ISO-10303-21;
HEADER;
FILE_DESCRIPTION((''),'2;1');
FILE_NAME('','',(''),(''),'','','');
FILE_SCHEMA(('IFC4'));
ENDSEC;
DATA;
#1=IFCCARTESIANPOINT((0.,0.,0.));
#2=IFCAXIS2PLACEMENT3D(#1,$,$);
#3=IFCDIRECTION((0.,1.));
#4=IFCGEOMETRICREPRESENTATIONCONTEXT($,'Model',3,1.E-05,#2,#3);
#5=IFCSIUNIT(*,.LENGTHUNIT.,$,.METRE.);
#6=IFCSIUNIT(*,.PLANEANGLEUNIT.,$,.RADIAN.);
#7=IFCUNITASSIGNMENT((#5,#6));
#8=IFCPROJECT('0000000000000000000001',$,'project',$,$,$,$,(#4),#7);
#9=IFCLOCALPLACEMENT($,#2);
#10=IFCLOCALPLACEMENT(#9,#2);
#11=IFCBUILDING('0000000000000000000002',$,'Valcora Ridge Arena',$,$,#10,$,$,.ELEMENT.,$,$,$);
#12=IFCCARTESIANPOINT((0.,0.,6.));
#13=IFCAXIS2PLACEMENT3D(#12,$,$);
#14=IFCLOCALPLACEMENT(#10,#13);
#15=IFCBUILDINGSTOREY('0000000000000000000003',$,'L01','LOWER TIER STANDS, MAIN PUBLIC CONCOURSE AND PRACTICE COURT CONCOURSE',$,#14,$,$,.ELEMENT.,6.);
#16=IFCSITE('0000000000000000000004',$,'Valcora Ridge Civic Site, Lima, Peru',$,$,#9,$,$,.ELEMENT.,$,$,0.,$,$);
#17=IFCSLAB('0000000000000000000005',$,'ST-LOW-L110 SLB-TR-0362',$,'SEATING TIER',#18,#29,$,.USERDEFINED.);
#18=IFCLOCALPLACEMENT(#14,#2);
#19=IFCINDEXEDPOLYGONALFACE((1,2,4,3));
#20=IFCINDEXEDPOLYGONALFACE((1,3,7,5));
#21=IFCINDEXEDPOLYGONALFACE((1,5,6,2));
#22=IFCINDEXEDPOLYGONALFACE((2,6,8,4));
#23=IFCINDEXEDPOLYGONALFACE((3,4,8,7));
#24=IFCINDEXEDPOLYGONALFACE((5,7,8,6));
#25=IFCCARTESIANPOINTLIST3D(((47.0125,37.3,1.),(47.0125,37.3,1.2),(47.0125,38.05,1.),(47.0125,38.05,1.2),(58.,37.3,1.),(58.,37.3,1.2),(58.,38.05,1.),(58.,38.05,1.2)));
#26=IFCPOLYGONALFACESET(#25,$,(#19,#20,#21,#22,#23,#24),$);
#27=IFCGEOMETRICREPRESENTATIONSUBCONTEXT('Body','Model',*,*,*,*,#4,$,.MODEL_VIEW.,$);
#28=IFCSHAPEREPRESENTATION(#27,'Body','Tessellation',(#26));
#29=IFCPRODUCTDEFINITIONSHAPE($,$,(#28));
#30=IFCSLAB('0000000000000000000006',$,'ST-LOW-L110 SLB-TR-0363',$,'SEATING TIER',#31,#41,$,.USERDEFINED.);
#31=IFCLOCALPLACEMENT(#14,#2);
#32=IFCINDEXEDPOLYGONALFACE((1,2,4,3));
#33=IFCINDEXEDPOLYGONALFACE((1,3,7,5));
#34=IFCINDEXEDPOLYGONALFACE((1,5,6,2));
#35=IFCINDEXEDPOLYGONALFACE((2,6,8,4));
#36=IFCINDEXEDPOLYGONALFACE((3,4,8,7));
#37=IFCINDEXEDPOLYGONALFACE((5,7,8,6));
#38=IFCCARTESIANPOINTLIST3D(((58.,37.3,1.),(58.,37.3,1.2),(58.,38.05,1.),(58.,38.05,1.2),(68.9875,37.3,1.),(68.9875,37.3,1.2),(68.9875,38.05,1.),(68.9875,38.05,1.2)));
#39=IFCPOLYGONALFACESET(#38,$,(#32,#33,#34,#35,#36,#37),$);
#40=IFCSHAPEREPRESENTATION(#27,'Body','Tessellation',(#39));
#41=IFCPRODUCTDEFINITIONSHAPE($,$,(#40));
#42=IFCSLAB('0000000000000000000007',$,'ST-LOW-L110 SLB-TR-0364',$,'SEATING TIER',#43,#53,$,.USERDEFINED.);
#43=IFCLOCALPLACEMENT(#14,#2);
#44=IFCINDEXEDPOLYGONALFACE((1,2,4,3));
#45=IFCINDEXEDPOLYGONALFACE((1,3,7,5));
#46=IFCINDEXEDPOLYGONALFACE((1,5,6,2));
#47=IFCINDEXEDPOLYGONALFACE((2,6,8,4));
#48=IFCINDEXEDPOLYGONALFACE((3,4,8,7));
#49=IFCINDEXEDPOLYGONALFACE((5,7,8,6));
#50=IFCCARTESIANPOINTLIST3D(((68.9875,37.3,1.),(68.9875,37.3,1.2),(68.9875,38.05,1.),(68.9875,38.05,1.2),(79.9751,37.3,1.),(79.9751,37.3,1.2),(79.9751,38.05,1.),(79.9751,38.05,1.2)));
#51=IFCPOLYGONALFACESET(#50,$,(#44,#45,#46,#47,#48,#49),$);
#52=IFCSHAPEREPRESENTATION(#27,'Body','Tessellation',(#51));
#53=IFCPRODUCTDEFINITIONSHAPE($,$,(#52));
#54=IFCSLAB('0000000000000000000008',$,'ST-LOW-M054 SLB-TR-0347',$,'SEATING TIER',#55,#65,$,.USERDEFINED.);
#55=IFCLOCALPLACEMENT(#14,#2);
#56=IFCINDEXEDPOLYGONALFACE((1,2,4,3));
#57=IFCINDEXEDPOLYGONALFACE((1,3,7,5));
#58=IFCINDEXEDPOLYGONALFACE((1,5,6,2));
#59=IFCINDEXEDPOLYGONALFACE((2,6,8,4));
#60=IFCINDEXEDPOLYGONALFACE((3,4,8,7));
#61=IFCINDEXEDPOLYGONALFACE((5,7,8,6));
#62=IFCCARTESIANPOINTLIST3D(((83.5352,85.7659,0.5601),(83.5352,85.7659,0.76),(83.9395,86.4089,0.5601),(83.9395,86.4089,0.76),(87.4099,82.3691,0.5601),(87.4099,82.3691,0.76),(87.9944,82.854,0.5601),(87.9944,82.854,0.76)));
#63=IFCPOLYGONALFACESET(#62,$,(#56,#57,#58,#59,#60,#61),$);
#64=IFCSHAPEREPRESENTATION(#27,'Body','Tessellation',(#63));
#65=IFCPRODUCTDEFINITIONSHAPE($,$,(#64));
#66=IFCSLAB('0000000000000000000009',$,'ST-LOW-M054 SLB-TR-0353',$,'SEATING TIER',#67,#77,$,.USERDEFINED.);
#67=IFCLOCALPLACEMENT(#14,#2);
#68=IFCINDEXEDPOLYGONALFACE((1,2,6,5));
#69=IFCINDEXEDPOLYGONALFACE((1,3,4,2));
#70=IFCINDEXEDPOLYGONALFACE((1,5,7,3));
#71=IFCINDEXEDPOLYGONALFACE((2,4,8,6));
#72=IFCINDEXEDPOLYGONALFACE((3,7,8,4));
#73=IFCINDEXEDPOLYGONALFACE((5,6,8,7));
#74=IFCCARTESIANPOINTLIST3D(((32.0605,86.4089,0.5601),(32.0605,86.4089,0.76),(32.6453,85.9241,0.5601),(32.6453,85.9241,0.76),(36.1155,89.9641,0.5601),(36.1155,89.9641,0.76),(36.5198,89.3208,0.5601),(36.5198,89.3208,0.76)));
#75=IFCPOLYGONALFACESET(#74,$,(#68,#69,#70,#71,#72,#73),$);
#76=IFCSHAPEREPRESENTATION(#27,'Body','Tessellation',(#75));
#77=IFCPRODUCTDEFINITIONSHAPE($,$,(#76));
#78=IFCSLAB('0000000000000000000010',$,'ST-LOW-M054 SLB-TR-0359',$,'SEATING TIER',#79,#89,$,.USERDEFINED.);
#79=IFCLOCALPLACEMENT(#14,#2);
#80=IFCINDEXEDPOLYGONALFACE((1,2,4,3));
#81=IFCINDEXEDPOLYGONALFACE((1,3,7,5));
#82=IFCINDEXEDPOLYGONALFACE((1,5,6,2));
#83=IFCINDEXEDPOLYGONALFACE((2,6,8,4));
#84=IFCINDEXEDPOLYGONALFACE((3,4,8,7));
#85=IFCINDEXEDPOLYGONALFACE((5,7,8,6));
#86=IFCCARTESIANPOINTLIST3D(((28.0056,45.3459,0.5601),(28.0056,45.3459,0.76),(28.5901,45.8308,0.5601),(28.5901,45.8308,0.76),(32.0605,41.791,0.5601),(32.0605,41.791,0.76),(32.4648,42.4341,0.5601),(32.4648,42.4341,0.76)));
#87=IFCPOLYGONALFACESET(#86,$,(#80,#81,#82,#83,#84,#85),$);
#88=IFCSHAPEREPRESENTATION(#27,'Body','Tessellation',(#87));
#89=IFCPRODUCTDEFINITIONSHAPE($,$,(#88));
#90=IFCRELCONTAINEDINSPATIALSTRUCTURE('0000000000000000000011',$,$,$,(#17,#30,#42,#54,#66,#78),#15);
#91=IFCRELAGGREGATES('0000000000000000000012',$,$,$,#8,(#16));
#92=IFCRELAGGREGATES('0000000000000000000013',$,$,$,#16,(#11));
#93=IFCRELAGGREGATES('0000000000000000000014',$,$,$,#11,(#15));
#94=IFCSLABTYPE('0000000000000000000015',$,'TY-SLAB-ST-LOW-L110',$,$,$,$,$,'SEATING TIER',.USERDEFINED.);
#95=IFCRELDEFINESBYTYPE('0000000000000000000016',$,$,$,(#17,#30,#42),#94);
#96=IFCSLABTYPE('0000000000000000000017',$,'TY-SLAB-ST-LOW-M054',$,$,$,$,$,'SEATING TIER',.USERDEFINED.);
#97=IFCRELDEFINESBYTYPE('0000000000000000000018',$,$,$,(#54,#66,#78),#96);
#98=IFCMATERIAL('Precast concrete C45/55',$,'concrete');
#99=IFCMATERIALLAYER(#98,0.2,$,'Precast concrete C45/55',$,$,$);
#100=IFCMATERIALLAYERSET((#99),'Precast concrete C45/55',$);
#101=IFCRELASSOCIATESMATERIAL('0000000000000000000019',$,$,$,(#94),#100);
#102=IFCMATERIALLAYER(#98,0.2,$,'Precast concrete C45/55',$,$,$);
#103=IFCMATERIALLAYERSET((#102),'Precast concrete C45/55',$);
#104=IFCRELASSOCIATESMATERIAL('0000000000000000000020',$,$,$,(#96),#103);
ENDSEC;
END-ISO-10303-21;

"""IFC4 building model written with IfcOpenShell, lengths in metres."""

from ifc_helpers import new_model, si_unit, direction, frame, origin, place, context, subcontext, project, spatial, polyline, outline, extrude, material, layer, layer_set, type_object, element, save


model = new_model("IFC4")

# Units and contexts
model_context = context("Model", 3, precision=1e-05, world=origin(), true_north=direction((0.0, 1.0)))
body_context = subcontext(model_context, "Body", "Model", "MODEL_VIEW")
ifc_project = project(units=[si_unit("LENGTHUNIT", "METRE"), si_unit("PLANEANGLEUNIT", "RADIAN")], contexts=[model_context])

# Site, building, storey
site_placement = place(None, origin())
site = spatial("IfcSite", under=ifc_project, at=site_placement, Name="Valcora Ridge Civic Site, Lima, Peru", CompositionType="ELEMENT", RefElevation=0.0)
building_placement = place(site_placement, origin())
building = spatial("IfcBuilding", under=site, at=building_placement, Name="Valcora Ridge Arena", CompositionType="ELEMENT")
storey_placement = place(building_placement, frame((0.0, 0.0, 6.0)))
storey = spatial("IfcBuildingStorey", under=building, at=storey_placement, Name="L01", Description="LOWER TIER STANDS, MAIN PUBLIC CONCOURSE AND PRACTICE COURT CONCOURSE", CompositionType="ELEMENT", Elevation=6.0)

# Slabs
ifc_material = material(Name="Precast concrete C45/55", Category="concrete")
ifc_layer_1 = layer(ifc_material, 0.2, Name="Precast concrete C45/55")
ifc_layer_set_1 = layer_set([ifc_layer_1], Name="Precast concrete C45/55")
slab_type_1 = type_object("IfcSlabType", Name="TY-SLAB-ST-LOW-L110", ElementType="SEATING TIER", PredefinedType="USERDEFINED", material=ifc_layer_set_1)
slab_1_placement = place(storey_placement, frame((0.0, 0.0, 1.0)))
element("IfcSlab", 1, at=slab_1_placement, inside=storey, type_object=slab_type_1, Name="ST-LOW-L110 SLB-TR-0362", ObjectType="SEATING TIER", PredefinedType="USERDEFINED", context=body_context, shape_type="SweptSolid", body=[
    extrude(outline(polyline([(47.0125, 38.05), (58.0, 38.05), (58.0, 37.3), (47.0125, 37.3), (47.0125, 38.05)])), origin(), (0.0, 0.0, 1.0), 0.2),
])
slab_2_placement = place(storey_placement, frame((0.0, 0.0, 1.0)))
element("IfcSlab", 2, at=slab_2_placement, inside=storey, type_object=slab_type_1, Name="ST-LOW-L110 SLB-TR-0363", ObjectType="SEATING TIER", PredefinedType="USERDEFINED", context=body_context, shape_type="SweptSolid", body=[
    extrude(outline(polyline([(58.0, 38.05), (68.9875, 38.05), (68.9875, 37.3), (58.0, 37.3), (58.0, 38.05)])), origin(), (0.0, 0.0, 1.0), 0.2),
])
slab_3_placement = place(storey_placement, frame((0.0, 0.0, 1.0)))
element("IfcSlab", 3, at=slab_3_placement, inside=storey, type_object=slab_type_1, Name="ST-LOW-L110 SLB-TR-0364", ObjectType="SEATING TIER", PredefinedType="USERDEFINED", context=body_context, shape_type="SweptSolid", body=[
    extrude(outline(polyline([(68.9875, 38.05), (79.9751, 38.05), (79.9751, 37.3), (68.9875, 37.3), (68.9875, 38.05)])), origin(), (0.0, 0.0, 1.0), 0.2),
])
ifc_layer_2 = layer(ifc_material, 0.2, Name="Precast concrete C45/55")
ifc_layer_set_2 = layer_set([ifc_layer_2], Name="Precast concrete C45/55")
slab_type_2 = type_object("IfcSlabType", Name="TY-SLAB-ST-LOW-M054", ElementType="SEATING TIER", PredefinedType="USERDEFINED", material=ifc_layer_set_2)
slab_4_placement = place(storey_placement, frame((0.0, 0.0, 0.5601)))
element("IfcSlab", 4, at=slab_4_placement, inside=storey, type_object=slab_type_2, Name="ST-LOW-M054 SLB-TR-0347", ObjectType="SEATING TIER", PredefinedType="USERDEFINED", context=body_context, shape_type="SweptSolid", body=[
    extrude(outline(polyline([(87.4099, 82.3691), (83.5352, 85.7659), (83.9395, 86.4089), (87.9944, 82.854), (87.4099, 82.3691)])), origin(), (0.0, 0.0, 1.0), 0.2),
])
slab_5_placement = place(storey_placement, frame((0.0, 0.0, 0.5601)))
element("IfcSlab", 5, at=slab_5_placement, inside=storey, type_object=slab_type_2, Name="ST-LOW-M054 SLB-TR-0353", ObjectType="SEATING TIER", PredefinedType="USERDEFINED", context=body_context, shape_type="SweptSolid", body=[
    extrude(outline(polyline([(36.5198, 89.3208), (32.6453, 85.9241), (32.0605, 86.4089), (36.1155, 89.9641), (36.5198, 89.3208)])), origin(), (0.0, 0.0, 1.0), 0.2),
])
slab_6_placement = place(storey_placement, frame((0.0, 0.0, 0.5601)))
element("IfcSlab", 6, at=slab_6_placement, inside=storey, type_object=slab_type_2, Name="ST-LOW-M054 SLB-TR-0359", ObjectType="SEATING TIER", PredefinedType="USERDEFINED", context=body_context, shape_type="SweptSolid", body=[
    extrude(outline(polyline([(28.5901, 45.8308), (32.4648, 42.4341), (32.0605, 41.791), (28.0056, 45.3459), (28.5901, 45.8308)])), origin(), (0.0, 0.0, 1.0), 0.2),
])

save(model, "model.ifc")
